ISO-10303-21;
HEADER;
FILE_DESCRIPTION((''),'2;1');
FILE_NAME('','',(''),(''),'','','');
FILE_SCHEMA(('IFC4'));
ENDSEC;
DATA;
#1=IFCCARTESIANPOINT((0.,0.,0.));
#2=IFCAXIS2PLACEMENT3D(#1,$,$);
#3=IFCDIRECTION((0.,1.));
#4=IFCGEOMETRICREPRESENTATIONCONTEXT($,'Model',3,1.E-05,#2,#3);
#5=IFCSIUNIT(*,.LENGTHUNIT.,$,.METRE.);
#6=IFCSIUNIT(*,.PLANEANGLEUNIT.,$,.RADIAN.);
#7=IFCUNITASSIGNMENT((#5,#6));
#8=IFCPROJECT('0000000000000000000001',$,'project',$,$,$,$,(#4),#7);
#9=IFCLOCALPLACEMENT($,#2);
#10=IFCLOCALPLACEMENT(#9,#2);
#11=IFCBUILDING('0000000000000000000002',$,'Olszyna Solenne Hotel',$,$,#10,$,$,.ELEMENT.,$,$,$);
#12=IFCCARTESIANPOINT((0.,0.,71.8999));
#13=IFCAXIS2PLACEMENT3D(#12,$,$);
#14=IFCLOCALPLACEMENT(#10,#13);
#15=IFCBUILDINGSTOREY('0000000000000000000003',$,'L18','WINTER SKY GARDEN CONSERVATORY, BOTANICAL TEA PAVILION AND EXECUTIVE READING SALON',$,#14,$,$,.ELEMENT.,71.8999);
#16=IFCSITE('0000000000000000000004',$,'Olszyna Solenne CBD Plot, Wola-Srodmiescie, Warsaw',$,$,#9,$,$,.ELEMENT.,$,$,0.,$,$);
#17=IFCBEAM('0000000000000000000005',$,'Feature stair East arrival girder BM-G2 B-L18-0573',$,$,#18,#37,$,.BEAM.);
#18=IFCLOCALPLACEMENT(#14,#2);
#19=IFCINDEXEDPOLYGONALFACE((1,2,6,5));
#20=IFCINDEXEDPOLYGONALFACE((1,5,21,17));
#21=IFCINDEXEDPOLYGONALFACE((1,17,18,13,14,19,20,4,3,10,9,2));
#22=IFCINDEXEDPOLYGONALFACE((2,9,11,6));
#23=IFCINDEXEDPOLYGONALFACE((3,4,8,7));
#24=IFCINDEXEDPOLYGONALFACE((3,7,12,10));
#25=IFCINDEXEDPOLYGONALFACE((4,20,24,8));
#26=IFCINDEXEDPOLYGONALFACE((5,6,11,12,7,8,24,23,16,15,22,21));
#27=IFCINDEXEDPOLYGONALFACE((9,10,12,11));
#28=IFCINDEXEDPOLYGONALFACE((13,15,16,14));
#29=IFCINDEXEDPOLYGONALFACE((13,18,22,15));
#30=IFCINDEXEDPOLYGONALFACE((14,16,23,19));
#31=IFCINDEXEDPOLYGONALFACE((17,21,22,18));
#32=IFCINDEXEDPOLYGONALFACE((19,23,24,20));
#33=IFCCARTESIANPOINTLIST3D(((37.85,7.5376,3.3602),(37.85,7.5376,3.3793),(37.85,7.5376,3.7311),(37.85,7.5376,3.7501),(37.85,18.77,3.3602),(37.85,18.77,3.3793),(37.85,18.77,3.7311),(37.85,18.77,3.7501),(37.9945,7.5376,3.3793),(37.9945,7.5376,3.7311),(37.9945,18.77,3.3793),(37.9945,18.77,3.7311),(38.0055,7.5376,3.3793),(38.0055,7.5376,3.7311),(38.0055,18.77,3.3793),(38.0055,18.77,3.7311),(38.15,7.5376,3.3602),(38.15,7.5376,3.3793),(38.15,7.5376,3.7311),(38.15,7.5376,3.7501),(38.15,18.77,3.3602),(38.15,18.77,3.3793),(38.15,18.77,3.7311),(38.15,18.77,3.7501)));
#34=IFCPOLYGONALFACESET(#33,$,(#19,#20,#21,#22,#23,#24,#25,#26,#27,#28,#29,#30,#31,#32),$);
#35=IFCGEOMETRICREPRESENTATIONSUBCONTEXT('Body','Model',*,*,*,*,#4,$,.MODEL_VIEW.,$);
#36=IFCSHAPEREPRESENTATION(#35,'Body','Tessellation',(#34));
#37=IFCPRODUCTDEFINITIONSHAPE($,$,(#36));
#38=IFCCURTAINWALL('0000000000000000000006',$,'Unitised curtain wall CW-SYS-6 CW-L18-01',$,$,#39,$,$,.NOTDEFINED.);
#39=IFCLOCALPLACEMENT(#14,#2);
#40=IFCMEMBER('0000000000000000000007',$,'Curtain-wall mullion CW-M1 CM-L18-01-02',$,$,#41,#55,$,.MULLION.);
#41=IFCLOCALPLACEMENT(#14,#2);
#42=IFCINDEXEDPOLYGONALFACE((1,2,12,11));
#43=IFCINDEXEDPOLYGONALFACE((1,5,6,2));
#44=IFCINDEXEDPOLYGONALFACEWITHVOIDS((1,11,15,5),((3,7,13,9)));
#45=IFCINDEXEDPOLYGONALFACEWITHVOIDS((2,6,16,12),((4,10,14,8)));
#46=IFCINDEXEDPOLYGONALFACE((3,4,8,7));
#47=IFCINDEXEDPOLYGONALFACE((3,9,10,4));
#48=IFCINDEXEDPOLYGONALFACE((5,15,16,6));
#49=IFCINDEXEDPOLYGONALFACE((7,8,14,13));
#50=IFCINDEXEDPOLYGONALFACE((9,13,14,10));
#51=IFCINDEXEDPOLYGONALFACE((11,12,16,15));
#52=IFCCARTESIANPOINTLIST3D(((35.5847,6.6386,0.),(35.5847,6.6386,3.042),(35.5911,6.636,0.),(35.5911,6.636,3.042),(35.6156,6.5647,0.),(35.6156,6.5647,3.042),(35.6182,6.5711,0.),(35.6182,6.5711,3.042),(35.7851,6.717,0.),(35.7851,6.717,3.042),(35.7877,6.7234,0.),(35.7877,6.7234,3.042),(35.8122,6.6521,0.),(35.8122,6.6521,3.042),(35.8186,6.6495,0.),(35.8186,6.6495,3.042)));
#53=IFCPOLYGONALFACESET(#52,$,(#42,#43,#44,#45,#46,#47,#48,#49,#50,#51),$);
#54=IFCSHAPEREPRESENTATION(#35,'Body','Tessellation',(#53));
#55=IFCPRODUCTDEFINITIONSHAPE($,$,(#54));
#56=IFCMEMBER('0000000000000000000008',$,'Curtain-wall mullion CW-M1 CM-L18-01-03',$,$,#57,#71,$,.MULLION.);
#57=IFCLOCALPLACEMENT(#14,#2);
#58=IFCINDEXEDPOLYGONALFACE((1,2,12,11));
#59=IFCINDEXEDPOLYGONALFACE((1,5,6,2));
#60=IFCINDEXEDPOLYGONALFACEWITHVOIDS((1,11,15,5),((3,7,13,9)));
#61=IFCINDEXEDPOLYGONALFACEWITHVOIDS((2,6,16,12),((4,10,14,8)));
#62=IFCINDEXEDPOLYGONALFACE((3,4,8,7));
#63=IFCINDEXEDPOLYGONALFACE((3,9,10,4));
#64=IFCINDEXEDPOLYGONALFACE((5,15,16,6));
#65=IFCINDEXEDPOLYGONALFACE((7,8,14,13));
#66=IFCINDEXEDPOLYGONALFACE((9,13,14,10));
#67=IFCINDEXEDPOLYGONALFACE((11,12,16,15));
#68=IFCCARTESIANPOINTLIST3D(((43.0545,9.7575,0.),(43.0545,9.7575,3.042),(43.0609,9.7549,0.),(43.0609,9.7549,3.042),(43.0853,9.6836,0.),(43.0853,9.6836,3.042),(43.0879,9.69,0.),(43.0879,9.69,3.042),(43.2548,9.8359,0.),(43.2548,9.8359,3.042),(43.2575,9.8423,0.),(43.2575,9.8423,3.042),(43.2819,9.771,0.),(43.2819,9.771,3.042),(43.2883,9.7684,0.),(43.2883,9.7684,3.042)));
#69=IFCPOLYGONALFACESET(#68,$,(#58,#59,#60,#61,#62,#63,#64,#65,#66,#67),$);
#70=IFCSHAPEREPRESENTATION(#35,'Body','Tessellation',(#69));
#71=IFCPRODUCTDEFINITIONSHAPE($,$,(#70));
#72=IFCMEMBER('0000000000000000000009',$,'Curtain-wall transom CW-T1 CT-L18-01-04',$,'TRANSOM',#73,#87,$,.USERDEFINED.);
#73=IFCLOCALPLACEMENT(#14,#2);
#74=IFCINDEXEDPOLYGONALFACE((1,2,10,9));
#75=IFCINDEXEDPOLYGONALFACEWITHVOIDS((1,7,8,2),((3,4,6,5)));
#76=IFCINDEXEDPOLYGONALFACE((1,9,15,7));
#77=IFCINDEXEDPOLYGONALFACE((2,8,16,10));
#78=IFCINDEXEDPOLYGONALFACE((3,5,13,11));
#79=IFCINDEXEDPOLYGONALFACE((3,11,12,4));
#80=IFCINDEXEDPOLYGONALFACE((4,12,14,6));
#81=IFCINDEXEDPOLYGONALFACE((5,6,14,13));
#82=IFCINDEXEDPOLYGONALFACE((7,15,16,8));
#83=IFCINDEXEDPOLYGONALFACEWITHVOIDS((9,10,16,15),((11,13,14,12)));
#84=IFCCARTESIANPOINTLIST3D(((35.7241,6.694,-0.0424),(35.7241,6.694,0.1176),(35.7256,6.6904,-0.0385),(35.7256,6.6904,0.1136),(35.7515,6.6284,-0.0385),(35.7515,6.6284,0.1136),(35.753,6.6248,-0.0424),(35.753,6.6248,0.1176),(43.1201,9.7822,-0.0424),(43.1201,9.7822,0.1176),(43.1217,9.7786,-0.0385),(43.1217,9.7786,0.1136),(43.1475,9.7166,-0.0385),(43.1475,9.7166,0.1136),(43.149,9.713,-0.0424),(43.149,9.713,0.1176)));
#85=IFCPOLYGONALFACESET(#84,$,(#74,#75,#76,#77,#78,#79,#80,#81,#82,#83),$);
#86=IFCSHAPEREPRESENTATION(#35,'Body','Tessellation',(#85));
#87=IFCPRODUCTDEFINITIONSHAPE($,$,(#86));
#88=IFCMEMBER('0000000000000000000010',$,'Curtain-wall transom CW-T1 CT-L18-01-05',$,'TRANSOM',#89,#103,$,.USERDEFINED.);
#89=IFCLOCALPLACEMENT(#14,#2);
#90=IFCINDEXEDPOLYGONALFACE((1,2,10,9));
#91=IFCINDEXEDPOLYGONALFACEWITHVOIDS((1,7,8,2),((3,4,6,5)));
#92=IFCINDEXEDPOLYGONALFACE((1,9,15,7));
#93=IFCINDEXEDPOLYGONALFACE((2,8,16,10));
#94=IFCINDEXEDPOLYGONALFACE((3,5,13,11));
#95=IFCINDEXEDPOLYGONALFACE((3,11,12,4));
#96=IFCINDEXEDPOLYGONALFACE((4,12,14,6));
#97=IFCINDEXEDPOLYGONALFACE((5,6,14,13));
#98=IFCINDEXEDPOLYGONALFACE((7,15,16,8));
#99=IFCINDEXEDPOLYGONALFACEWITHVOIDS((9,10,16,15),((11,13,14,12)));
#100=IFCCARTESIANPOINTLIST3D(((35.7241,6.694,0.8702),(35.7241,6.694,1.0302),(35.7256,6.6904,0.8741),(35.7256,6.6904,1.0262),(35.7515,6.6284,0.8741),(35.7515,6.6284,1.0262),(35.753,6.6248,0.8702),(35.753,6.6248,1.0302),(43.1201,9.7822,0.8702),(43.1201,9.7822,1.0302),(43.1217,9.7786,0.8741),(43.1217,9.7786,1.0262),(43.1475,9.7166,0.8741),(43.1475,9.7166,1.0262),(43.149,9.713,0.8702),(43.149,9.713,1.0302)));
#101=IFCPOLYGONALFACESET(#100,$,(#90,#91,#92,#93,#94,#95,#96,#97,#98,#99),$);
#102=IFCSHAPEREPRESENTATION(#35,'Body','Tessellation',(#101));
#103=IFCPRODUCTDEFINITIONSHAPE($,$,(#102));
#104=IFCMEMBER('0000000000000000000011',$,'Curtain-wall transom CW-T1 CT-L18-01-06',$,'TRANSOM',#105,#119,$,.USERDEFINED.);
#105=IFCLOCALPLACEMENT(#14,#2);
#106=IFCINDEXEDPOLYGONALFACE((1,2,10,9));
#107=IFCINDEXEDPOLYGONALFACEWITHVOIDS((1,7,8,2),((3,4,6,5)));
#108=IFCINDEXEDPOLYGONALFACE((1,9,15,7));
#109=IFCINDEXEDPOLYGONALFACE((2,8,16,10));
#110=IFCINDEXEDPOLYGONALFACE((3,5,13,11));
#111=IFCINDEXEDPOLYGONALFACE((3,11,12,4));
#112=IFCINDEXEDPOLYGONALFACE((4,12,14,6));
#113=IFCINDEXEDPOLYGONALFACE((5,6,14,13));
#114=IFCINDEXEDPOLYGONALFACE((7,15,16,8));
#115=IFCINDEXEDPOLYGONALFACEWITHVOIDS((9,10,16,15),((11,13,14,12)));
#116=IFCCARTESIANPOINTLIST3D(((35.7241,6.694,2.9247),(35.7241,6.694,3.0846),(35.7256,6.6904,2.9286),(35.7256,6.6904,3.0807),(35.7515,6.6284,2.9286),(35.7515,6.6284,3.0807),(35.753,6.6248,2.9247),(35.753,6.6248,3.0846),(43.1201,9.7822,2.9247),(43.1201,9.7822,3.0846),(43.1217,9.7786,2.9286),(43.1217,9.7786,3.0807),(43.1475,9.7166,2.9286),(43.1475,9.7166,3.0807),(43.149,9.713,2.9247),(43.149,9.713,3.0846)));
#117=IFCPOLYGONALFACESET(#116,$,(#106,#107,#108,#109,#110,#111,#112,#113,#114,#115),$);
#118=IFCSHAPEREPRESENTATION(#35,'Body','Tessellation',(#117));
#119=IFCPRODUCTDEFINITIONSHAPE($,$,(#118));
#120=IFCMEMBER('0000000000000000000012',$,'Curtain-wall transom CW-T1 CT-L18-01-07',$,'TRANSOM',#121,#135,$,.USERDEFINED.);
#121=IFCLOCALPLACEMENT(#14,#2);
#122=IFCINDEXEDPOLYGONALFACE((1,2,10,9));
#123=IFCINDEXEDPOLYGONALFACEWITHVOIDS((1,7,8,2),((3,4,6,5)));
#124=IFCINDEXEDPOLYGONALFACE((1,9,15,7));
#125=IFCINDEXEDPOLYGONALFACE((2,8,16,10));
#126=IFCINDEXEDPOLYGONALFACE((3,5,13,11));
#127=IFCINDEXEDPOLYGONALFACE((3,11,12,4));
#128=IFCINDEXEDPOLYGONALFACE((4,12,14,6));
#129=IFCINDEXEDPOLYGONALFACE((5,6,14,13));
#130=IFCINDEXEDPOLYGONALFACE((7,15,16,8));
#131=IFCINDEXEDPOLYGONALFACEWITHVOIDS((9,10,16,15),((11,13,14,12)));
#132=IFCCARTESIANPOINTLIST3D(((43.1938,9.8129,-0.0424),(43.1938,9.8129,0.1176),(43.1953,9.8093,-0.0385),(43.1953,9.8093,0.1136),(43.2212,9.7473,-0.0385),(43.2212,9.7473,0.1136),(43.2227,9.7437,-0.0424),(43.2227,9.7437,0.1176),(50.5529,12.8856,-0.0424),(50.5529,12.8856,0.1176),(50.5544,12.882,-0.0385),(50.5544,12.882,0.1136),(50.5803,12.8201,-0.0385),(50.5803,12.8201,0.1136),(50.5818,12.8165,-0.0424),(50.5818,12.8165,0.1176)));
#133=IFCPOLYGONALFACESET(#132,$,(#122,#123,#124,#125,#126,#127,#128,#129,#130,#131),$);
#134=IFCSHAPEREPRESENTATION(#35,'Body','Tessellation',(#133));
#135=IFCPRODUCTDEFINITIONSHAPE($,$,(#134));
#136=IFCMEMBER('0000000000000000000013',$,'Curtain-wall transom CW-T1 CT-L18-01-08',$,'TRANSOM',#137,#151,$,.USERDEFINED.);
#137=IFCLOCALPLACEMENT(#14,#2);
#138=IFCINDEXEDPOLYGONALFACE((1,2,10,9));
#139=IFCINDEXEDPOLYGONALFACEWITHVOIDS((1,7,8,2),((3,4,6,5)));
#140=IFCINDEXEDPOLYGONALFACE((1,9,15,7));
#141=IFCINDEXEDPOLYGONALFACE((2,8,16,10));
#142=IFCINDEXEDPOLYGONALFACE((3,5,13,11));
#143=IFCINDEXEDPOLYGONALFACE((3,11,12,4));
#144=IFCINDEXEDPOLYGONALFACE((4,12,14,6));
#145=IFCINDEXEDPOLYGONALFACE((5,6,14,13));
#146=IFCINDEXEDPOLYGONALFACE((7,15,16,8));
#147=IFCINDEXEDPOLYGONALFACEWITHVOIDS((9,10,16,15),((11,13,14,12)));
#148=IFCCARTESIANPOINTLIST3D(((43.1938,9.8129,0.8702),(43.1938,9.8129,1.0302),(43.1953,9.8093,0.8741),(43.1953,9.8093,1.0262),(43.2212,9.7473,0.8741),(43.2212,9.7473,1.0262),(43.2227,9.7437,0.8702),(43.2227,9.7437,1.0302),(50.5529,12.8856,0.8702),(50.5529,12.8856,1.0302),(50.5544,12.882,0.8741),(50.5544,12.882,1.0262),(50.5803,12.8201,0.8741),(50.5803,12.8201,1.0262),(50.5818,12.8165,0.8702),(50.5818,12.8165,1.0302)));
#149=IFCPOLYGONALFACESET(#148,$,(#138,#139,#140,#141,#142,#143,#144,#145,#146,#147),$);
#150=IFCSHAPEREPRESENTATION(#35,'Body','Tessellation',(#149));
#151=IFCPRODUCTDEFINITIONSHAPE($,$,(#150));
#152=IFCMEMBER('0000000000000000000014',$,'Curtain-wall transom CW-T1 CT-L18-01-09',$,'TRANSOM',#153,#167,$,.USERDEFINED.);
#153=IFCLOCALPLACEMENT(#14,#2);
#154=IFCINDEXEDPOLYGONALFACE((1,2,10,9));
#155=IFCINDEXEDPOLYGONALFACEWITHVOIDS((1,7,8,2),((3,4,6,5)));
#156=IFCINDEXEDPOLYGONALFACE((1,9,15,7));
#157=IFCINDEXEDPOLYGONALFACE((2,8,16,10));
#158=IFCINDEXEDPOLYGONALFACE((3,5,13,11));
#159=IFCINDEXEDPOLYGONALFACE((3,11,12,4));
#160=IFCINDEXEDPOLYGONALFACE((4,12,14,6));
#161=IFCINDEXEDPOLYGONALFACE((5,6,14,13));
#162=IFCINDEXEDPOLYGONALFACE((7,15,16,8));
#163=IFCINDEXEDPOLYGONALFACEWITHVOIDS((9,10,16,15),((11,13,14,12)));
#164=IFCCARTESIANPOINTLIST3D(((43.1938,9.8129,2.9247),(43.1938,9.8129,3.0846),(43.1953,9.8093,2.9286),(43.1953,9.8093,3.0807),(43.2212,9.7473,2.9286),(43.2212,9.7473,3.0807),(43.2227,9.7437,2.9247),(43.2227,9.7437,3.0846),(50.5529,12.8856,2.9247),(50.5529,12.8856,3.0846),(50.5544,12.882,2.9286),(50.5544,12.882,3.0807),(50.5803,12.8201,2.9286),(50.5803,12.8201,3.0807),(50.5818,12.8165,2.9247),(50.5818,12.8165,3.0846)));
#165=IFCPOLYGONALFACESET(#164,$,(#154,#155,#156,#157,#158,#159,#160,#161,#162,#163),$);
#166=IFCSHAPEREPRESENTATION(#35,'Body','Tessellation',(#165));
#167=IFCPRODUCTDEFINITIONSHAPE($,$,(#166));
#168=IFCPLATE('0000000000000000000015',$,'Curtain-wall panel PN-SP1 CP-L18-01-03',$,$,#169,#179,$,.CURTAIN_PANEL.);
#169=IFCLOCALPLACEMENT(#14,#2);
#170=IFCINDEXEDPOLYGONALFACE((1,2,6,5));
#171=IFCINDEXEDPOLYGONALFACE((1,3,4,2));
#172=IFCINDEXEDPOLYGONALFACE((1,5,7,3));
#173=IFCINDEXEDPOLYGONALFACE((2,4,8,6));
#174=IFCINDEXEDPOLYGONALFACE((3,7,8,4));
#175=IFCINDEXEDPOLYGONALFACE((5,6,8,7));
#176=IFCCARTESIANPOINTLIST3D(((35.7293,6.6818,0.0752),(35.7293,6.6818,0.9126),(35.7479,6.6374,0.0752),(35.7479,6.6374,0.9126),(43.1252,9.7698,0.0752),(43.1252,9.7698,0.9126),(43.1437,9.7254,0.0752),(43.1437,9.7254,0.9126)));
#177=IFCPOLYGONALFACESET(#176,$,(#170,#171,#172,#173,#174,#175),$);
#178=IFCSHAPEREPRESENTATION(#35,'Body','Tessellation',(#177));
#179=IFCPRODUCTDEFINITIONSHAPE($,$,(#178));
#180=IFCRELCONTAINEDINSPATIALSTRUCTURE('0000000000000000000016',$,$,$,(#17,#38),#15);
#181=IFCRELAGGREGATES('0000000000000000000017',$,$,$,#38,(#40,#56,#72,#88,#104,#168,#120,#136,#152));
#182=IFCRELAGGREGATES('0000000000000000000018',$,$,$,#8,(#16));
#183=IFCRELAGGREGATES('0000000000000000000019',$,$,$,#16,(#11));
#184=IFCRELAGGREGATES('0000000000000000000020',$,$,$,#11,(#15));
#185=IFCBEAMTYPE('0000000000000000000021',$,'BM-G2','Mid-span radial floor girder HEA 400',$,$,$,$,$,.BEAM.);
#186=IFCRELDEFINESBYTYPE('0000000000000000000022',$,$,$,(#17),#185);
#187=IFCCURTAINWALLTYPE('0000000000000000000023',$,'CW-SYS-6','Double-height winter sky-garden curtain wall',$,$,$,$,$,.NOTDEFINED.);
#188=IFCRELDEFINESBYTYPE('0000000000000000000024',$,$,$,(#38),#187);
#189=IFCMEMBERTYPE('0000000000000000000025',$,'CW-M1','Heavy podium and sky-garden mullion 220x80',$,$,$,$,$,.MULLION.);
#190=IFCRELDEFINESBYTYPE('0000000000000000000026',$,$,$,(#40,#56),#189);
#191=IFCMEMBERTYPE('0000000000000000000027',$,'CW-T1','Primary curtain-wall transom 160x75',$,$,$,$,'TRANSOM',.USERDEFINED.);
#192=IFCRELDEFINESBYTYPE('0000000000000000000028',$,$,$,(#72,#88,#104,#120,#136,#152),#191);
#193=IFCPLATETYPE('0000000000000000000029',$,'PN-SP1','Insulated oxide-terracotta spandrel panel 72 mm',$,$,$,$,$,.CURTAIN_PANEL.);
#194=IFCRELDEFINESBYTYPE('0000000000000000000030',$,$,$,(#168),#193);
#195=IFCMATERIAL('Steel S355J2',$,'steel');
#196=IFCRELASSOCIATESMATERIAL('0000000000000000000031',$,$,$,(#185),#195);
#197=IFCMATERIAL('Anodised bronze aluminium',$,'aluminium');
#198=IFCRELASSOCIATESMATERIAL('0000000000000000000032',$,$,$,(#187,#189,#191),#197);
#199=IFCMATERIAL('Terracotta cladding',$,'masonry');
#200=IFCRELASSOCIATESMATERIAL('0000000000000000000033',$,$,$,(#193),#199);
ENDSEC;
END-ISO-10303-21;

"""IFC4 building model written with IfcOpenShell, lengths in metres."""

from ifc_helpers import new_model, si_unit, direction, frame, origin, origin_2d, place, context, subcontext, project, spatial, rectangle, hollow_rectangle, i_section, extrude, source, transform, mapped, material, material_profile, profile_set, type_object, element, aggregate, save


model = new_model("IFC4")

# Units and contexts
model_context = context("Model", 3, precision=1e-05, world=origin(), true_north=direction((0.0, 1.0)))
body_context = subcontext(model_context, "Body", "Model", "MODEL_VIEW")
ifc_project = project(units=[si_unit("LENGTHUNIT", "METRE"), si_unit("PLANEANGLEUNIT", "RADIAN")], contexts=[model_context])

# Site, building, storey
site_placement = place(None, origin())
site = spatial("IfcSite", under=ifc_project, at=site_placement, Name="Olszyna Solenne CBD Plot, Wola-Srodmiescie, Warsaw", CompositionType="ELEMENT", RefElevation=0.0)
building_placement = place(site_placement, origin())
building = spatial("IfcBuilding", under=site, at=building_placement, Name="Olszyna Solenne Hotel", CompositionType="ELEMENT")
storey_placement = place(building_placement, frame((0.0, 0.0, 71.8999)))
storey = spatial("IfcBuildingStorey", under=building, at=storey_placement, Name="L18", Description="WINTER SKY GARDEN CONSERVATORY, BOTANICAL TEA PAVILION AND EXECUTIVE READING SALON", CompositionType="ELEMENT", Elevation=71.8999)

# Beam
ifc_material_1 = material(Name="Steel S355J2", Category="steel")
ifc_material_profile_1 = material_profile(ifc_material_1, i_section(OverallWidth=0.3, OverallDepth=0.3899, WebThickness=0.011, FlangeThickness=0.019, at=origin_2d()), Name="HEA 400", Category="load-bearing")
ifc_profile_set_1 = profile_set([ifc_material_profile_1], Name="Steel S355J2")
beam_type = type_object("IfcBeamType", Name="BM-G2", Description="Mid-span radial floor girder HEA 400", PredefinedType="BEAM", material=ifc_profile_set_1)
shared_shape_1 = source(origin(), body_context, "Body", "SweptSolid", [
    extrude(i_section(OverallWidth=0.3, OverallDepth=0.3899, WebThickness=0.011, FlangeThickness=0.019, at=origin_2d()), origin(), (0.0, 0.0, 1.0), 11.2324),
])
beam_placement = place(storey_placement, frame((38.0, 7.5376, 3.5552), z_axis=(0.0, 1.0, 0.0), x_axis=(-1.0, 0.0, 0.0)))
element("IfcBeam", 1, at=beam_placement, inside=storey, type_object=beam_type, Name="Feature stair East arrival girder BM-G2 B-L18-0573", PredefinedType="BEAM", context=body_context, shape_type="MappedRepresentation", body=[
    mapped(shared_shape_1, transform((0.0, 0.0, 0.0), x_axis=(1.0, 0.0, 0.0), y_axis=(0.0, 1.0, 0.0), z_axis=(0.0, 0.0, 1.0), scale=1.0)),
])

# Curtain wall, members, plate
ifc_material_2 = material(Name="Anodised bronze aluminium", Category="aluminium")
curtain_wall_type = type_object("IfcCurtainWallType", Name="CW-SYS-6", Description="Double-height winter sky-garden curtain wall", PredefinedType="NOTDEFINED", material=ifc_material_2)
curtain_wall_placement = place(storey_placement, origin())
curtain_wall = element("IfcCurtainWall", 2, at=curtain_wall_placement, inside=storey, type_object=curtain_wall_type, Name="Unitised curtain wall CW-SYS-6 CW-L18-01", PredefinedType="NOTDEFINED")
ifc_material_profile_2 = material_profile(ifc_material_2, hollow_rectangle(XDim=0.0801, YDim=0.22, WallThickness=0.0049, at=origin_2d()), Name="MULL 220x80x5", Category="load-bearing")
ifc_profile_set_2 = profile_set([ifc_material_profile_2], Name="Anodised bronze aluminium")
member_type_1 = type_object("IfcMemberType", Name="CW-M1", Description="Heavy podium and sky-garden mullion 220x80", PredefinedType="MULLION", material=ifc_profile_set_2)
shared_shape_2 = source(origin(), body_context, "Body", "SweptSolid", [
    extrude(hollow_rectangle(XDim=0.0801, YDim=0.22, WallThickness=0.0049, at=origin_2d()), origin(), (0.0, 0.0, 1.0), 3.042),
])
member_1_placement = place(storey_placement, frame((35.7017, 6.644, 0.0), z_axis=(0.0, 0.0, 1.0), x_axis=(-0.385296, 0.922793, 0.0)))
member_1 = element("IfcMember", 3, at=member_1_placement, type_object=member_type_1, Name="Curtain-wall mullion CW-M1 CM-L18-01-02", PredefinedType="MULLION", context=body_context, shape_type="MappedRepresentation", body=[
    mapped(shared_shape_2, transform((0.0, 0.0, 0.0), x_axis=(1.0, 0.0, 0.0), y_axis=(0.0, 1.0, 0.0), z_axis=(0.0, 0.0, 1.0), scale=1.0)),
])
member_2_placement = place(storey_placement, frame((43.1714, 9.7629, 0.0), z_axis=(0.0, 0.0, 1.0), x_axis=(-0.385296, 0.922793, 0.0)))
member_2 = element("IfcMember", 4, at=member_2_placement, type_object=member_type_1, Name="Curtain-wall mullion CW-M1 CM-L18-01-03", PredefinedType="MULLION", context=body_context, shape_type="MappedRepresentation", body=[
    mapped(shared_shape_2, transform((0.0, 0.0, 0.0), x_axis=(1.0, 0.0, 0.0), y_axis=(0.0, 1.0, 0.0), z_axis=(0.0, 0.0, 1.0), scale=1.0)),
])
ifc_material_profile_3 = material_profile(ifc_material_2, hollow_rectangle(XDim=0.075, YDim=0.1599, WallThickness=0.0039, at=origin_2d()), Name="TRAN 160x75x4", Category="load-bearing")
ifc_profile_set_3 = profile_set([ifc_material_profile_3], Name="Anodised bronze aluminium")
member_type_2 = type_object("IfcMemberType", Name="CW-T1", Description="Primary curtain-wall transom 160x75", ElementType="TRANSOM", PredefinedType="USERDEFINED", material=ifc_profile_set_3)
shared_shape_3 = source(origin(), body_context, "Body", "SweptSolid", [
    extrude(hollow_rectangle(XDim=0.075, YDim=0.1599, WallThickness=0.0039, at=origin_2d()), origin(), (0.0, 0.0, 1.0), 8.0149),
])
member_3_placement = place(storey_placement, frame((35.7385, 6.6594, 0.0376), z_axis=(0.92279, 0.385303, 0.0), x_axis=(-0.385303, 0.92279, 0.0)))
member_3 = element("IfcMember", 5, at=member_3_placement, type_object=member_type_2, Name="Curtain-wall transom CW-T1 CT-L18-01-04", ObjectType="TRANSOM", PredefinedType="USERDEFINED", context=body_context, shape_type="MappedRepresentation", body=[
    mapped(shared_shape_3, transform((0.0, 0.0, 0.0), x_axis=(1.0, 0.0, 0.0), y_axis=(0.0, 1.0, 0.0), z_axis=(0.0, 0.0, 1.0), scale=1.0)),
])
member_4_placement = place(storey_placement, frame((35.7385, 6.6594, 0.9502), z_axis=(0.92279, 0.385303, 0.0), x_axis=(-0.385303, 0.92279, 0.0)))
member_4 = element("IfcMember", 6, at=member_4_placement, type_object=member_type_2, Name="Curtain-wall transom CW-T1 CT-L18-01-05", ObjectType="TRANSOM", PredefinedType="USERDEFINED", context=body_context, shape_type="MappedRepresentation", body=[
    mapped(shared_shape_3, transform((0.0, 0.0, 0.0), x_axis=(1.0, 0.0, 0.0), y_axis=(0.0, 1.0, 0.0), z_axis=(0.0, 0.0, 1.0), scale=1.0)),
])
member_5_placement = place(storey_placement, frame((35.7385, 6.6594, 3.0046), z_axis=(0.92279, 0.385303, 0.0), x_axis=(-0.385303, 0.92279, 0.0)))
member_5 = element("IfcMember", 7, at=member_5_placement, type_object=member_type_2, Name="Curtain-wall transom CW-T1 CT-L18-01-06", ObjectType="TRANSOM", PredefinedType="USERDEFINED", context=body_context, shape_type="MappedRepresentation", body=[
    mapped(shared_shape_3, transform((0.0, 0.0, 0.0), x_axis=(1.0, 0.0, 0.0), y_axis=(0.0, 1.0, 0.0), z_axis=(0.0, 0.0, 1.0), scale=1.0)),
])
shared_shape_4 = source(origin(), body_context, "Body", "SweptSolid", [
    extrude(hollow_rectangle(XDim=0.075, YDim=0.1599, WallThickness=0.0039, at=origin_2d()), origin(), (0.0, 0.0, 1.0), 7.9749),
])
member_6_placement = place(storey_placement, frame((43.2083, 9.7783, 0.0376), z_axis=(0.92279, 0.385304, 0.0), x_axis=(-0.385304, 0.92279, 0.0)))
member_6 = element("IfcMember", 8, at=member_6_placement, type_object=member_type_2, Name="Curtain-wall transom CW-T1 CT-L18-01-07", ObjectType="TRANSOM", PredefinedType="USERDEFINED", context=body_context, shape_type="MappedRepresentation", body=[
    mapped(shared_shape_4, transform((0.0, 0.0, 0.0), x_axis=(1.0, 0.0, 0.0), y_axis=(0.0, 1.0, 0.0), z_axis=(0.0, 0.0, 1.0), scale=1.0)),
])
member_7_placement = place(storey_placement, frame((43.2083, 9.7783, 0.9502), z_axis=(0.92279, 0.385304, 0.0), x_axis=(-0.385304, 0.92279, 0.0)))
member_7 = element("IfcMember", 9, at=member_7_placement, type_object=member_type_2, Name="Curtain-wall transom CW-T1 CT-L18-01-08", ObjectType="TRANSOM", PredefinedType="USERDEFINED", context=body_context, shape_type="MappedRepresentation", body=[
    mapped(shared_shape_4, transform((0.0, 0.0, 0.0), x_axis=(1.0, 0.0, 0.0), y_axis=(0.0, 1.0, 0.0), z_axis=(0.0, 0.0, 1.0), scale=1.0)),
])
member_8_placement = place(storey_placement, frame((43.2083, 9.7783, 3.0046), z_axis=(0.92279, 0.385304, 0.0), x_axis=(-0.385304, 0.92279, 0.0)))
member_8 = element("IfcMember", 10, at=member_8_placement, type_object=member_type_2, Name="Curtain-wall transom CW-T1 CT-L18-01-09", ObjectType="TRANSOM", PredefinedType="USERDEFINED", context=body_context, shape_type="MappedRepresentation", body=[
    mapped(shared_shape_4, transform((0.0, 0.0, 0.0), x_axis=(1.0, 0.0, 0.0), y_axis=(0.0, 1.0, 0.0), z_axis=(0.0, 0.0, 1.0), scale=1.0)),
])
ifc_material_3 = material(Name="Terracotta cladding", Category="masonry")
plate_type_1 = type_object("IfcPlateType", Name="PN-SP1", Description="Insulated oxide-terracotta spandrel panel 72 mm", PredefinedType="CURTAIN_PANEL", material=ifc_material_3)
shared_shape_5 = source(origin(), body_context, "Body", "SweptSolid", [
    extrude(rectangle(XDim=8.0146, YDim=0.0481, at=origin_2d()), origin(), (0.0, 0.0, 1.0), 0.8374),
])
plate_1_placement = place(storey_placement, frame((39.4365, 8.2036, 0.0752), z_axis=(0.0, 0.0, 1.0), x_axis=(0.922793, 0.385296, 0.0)))
plate_1 = element("IfcPlate", 11, at=plate_1_placement, type_object=plate_type_1, Name="Curtain-wall panel PN-SP1 CP-L18-01-03", PredefinedType="CURTAIN_PANEL", context=body_context, shape_type="MappedRepresentation", body=[
    mapped(shared_shape_5, transform((0.0, 0.0, 0.0), x_axis=(1.0, 0.0, 0.0), y_axis=(0.0, 1.0, 0.0), z_axis=(0.0, 0.0, 1.0), scale=1.0)),
])
aggregate(curtain_wall, [member_1, member_2, member_3, member_4, member_5, plate_1, member_6, member_7, member_8])

save(model, "model.ifc")
